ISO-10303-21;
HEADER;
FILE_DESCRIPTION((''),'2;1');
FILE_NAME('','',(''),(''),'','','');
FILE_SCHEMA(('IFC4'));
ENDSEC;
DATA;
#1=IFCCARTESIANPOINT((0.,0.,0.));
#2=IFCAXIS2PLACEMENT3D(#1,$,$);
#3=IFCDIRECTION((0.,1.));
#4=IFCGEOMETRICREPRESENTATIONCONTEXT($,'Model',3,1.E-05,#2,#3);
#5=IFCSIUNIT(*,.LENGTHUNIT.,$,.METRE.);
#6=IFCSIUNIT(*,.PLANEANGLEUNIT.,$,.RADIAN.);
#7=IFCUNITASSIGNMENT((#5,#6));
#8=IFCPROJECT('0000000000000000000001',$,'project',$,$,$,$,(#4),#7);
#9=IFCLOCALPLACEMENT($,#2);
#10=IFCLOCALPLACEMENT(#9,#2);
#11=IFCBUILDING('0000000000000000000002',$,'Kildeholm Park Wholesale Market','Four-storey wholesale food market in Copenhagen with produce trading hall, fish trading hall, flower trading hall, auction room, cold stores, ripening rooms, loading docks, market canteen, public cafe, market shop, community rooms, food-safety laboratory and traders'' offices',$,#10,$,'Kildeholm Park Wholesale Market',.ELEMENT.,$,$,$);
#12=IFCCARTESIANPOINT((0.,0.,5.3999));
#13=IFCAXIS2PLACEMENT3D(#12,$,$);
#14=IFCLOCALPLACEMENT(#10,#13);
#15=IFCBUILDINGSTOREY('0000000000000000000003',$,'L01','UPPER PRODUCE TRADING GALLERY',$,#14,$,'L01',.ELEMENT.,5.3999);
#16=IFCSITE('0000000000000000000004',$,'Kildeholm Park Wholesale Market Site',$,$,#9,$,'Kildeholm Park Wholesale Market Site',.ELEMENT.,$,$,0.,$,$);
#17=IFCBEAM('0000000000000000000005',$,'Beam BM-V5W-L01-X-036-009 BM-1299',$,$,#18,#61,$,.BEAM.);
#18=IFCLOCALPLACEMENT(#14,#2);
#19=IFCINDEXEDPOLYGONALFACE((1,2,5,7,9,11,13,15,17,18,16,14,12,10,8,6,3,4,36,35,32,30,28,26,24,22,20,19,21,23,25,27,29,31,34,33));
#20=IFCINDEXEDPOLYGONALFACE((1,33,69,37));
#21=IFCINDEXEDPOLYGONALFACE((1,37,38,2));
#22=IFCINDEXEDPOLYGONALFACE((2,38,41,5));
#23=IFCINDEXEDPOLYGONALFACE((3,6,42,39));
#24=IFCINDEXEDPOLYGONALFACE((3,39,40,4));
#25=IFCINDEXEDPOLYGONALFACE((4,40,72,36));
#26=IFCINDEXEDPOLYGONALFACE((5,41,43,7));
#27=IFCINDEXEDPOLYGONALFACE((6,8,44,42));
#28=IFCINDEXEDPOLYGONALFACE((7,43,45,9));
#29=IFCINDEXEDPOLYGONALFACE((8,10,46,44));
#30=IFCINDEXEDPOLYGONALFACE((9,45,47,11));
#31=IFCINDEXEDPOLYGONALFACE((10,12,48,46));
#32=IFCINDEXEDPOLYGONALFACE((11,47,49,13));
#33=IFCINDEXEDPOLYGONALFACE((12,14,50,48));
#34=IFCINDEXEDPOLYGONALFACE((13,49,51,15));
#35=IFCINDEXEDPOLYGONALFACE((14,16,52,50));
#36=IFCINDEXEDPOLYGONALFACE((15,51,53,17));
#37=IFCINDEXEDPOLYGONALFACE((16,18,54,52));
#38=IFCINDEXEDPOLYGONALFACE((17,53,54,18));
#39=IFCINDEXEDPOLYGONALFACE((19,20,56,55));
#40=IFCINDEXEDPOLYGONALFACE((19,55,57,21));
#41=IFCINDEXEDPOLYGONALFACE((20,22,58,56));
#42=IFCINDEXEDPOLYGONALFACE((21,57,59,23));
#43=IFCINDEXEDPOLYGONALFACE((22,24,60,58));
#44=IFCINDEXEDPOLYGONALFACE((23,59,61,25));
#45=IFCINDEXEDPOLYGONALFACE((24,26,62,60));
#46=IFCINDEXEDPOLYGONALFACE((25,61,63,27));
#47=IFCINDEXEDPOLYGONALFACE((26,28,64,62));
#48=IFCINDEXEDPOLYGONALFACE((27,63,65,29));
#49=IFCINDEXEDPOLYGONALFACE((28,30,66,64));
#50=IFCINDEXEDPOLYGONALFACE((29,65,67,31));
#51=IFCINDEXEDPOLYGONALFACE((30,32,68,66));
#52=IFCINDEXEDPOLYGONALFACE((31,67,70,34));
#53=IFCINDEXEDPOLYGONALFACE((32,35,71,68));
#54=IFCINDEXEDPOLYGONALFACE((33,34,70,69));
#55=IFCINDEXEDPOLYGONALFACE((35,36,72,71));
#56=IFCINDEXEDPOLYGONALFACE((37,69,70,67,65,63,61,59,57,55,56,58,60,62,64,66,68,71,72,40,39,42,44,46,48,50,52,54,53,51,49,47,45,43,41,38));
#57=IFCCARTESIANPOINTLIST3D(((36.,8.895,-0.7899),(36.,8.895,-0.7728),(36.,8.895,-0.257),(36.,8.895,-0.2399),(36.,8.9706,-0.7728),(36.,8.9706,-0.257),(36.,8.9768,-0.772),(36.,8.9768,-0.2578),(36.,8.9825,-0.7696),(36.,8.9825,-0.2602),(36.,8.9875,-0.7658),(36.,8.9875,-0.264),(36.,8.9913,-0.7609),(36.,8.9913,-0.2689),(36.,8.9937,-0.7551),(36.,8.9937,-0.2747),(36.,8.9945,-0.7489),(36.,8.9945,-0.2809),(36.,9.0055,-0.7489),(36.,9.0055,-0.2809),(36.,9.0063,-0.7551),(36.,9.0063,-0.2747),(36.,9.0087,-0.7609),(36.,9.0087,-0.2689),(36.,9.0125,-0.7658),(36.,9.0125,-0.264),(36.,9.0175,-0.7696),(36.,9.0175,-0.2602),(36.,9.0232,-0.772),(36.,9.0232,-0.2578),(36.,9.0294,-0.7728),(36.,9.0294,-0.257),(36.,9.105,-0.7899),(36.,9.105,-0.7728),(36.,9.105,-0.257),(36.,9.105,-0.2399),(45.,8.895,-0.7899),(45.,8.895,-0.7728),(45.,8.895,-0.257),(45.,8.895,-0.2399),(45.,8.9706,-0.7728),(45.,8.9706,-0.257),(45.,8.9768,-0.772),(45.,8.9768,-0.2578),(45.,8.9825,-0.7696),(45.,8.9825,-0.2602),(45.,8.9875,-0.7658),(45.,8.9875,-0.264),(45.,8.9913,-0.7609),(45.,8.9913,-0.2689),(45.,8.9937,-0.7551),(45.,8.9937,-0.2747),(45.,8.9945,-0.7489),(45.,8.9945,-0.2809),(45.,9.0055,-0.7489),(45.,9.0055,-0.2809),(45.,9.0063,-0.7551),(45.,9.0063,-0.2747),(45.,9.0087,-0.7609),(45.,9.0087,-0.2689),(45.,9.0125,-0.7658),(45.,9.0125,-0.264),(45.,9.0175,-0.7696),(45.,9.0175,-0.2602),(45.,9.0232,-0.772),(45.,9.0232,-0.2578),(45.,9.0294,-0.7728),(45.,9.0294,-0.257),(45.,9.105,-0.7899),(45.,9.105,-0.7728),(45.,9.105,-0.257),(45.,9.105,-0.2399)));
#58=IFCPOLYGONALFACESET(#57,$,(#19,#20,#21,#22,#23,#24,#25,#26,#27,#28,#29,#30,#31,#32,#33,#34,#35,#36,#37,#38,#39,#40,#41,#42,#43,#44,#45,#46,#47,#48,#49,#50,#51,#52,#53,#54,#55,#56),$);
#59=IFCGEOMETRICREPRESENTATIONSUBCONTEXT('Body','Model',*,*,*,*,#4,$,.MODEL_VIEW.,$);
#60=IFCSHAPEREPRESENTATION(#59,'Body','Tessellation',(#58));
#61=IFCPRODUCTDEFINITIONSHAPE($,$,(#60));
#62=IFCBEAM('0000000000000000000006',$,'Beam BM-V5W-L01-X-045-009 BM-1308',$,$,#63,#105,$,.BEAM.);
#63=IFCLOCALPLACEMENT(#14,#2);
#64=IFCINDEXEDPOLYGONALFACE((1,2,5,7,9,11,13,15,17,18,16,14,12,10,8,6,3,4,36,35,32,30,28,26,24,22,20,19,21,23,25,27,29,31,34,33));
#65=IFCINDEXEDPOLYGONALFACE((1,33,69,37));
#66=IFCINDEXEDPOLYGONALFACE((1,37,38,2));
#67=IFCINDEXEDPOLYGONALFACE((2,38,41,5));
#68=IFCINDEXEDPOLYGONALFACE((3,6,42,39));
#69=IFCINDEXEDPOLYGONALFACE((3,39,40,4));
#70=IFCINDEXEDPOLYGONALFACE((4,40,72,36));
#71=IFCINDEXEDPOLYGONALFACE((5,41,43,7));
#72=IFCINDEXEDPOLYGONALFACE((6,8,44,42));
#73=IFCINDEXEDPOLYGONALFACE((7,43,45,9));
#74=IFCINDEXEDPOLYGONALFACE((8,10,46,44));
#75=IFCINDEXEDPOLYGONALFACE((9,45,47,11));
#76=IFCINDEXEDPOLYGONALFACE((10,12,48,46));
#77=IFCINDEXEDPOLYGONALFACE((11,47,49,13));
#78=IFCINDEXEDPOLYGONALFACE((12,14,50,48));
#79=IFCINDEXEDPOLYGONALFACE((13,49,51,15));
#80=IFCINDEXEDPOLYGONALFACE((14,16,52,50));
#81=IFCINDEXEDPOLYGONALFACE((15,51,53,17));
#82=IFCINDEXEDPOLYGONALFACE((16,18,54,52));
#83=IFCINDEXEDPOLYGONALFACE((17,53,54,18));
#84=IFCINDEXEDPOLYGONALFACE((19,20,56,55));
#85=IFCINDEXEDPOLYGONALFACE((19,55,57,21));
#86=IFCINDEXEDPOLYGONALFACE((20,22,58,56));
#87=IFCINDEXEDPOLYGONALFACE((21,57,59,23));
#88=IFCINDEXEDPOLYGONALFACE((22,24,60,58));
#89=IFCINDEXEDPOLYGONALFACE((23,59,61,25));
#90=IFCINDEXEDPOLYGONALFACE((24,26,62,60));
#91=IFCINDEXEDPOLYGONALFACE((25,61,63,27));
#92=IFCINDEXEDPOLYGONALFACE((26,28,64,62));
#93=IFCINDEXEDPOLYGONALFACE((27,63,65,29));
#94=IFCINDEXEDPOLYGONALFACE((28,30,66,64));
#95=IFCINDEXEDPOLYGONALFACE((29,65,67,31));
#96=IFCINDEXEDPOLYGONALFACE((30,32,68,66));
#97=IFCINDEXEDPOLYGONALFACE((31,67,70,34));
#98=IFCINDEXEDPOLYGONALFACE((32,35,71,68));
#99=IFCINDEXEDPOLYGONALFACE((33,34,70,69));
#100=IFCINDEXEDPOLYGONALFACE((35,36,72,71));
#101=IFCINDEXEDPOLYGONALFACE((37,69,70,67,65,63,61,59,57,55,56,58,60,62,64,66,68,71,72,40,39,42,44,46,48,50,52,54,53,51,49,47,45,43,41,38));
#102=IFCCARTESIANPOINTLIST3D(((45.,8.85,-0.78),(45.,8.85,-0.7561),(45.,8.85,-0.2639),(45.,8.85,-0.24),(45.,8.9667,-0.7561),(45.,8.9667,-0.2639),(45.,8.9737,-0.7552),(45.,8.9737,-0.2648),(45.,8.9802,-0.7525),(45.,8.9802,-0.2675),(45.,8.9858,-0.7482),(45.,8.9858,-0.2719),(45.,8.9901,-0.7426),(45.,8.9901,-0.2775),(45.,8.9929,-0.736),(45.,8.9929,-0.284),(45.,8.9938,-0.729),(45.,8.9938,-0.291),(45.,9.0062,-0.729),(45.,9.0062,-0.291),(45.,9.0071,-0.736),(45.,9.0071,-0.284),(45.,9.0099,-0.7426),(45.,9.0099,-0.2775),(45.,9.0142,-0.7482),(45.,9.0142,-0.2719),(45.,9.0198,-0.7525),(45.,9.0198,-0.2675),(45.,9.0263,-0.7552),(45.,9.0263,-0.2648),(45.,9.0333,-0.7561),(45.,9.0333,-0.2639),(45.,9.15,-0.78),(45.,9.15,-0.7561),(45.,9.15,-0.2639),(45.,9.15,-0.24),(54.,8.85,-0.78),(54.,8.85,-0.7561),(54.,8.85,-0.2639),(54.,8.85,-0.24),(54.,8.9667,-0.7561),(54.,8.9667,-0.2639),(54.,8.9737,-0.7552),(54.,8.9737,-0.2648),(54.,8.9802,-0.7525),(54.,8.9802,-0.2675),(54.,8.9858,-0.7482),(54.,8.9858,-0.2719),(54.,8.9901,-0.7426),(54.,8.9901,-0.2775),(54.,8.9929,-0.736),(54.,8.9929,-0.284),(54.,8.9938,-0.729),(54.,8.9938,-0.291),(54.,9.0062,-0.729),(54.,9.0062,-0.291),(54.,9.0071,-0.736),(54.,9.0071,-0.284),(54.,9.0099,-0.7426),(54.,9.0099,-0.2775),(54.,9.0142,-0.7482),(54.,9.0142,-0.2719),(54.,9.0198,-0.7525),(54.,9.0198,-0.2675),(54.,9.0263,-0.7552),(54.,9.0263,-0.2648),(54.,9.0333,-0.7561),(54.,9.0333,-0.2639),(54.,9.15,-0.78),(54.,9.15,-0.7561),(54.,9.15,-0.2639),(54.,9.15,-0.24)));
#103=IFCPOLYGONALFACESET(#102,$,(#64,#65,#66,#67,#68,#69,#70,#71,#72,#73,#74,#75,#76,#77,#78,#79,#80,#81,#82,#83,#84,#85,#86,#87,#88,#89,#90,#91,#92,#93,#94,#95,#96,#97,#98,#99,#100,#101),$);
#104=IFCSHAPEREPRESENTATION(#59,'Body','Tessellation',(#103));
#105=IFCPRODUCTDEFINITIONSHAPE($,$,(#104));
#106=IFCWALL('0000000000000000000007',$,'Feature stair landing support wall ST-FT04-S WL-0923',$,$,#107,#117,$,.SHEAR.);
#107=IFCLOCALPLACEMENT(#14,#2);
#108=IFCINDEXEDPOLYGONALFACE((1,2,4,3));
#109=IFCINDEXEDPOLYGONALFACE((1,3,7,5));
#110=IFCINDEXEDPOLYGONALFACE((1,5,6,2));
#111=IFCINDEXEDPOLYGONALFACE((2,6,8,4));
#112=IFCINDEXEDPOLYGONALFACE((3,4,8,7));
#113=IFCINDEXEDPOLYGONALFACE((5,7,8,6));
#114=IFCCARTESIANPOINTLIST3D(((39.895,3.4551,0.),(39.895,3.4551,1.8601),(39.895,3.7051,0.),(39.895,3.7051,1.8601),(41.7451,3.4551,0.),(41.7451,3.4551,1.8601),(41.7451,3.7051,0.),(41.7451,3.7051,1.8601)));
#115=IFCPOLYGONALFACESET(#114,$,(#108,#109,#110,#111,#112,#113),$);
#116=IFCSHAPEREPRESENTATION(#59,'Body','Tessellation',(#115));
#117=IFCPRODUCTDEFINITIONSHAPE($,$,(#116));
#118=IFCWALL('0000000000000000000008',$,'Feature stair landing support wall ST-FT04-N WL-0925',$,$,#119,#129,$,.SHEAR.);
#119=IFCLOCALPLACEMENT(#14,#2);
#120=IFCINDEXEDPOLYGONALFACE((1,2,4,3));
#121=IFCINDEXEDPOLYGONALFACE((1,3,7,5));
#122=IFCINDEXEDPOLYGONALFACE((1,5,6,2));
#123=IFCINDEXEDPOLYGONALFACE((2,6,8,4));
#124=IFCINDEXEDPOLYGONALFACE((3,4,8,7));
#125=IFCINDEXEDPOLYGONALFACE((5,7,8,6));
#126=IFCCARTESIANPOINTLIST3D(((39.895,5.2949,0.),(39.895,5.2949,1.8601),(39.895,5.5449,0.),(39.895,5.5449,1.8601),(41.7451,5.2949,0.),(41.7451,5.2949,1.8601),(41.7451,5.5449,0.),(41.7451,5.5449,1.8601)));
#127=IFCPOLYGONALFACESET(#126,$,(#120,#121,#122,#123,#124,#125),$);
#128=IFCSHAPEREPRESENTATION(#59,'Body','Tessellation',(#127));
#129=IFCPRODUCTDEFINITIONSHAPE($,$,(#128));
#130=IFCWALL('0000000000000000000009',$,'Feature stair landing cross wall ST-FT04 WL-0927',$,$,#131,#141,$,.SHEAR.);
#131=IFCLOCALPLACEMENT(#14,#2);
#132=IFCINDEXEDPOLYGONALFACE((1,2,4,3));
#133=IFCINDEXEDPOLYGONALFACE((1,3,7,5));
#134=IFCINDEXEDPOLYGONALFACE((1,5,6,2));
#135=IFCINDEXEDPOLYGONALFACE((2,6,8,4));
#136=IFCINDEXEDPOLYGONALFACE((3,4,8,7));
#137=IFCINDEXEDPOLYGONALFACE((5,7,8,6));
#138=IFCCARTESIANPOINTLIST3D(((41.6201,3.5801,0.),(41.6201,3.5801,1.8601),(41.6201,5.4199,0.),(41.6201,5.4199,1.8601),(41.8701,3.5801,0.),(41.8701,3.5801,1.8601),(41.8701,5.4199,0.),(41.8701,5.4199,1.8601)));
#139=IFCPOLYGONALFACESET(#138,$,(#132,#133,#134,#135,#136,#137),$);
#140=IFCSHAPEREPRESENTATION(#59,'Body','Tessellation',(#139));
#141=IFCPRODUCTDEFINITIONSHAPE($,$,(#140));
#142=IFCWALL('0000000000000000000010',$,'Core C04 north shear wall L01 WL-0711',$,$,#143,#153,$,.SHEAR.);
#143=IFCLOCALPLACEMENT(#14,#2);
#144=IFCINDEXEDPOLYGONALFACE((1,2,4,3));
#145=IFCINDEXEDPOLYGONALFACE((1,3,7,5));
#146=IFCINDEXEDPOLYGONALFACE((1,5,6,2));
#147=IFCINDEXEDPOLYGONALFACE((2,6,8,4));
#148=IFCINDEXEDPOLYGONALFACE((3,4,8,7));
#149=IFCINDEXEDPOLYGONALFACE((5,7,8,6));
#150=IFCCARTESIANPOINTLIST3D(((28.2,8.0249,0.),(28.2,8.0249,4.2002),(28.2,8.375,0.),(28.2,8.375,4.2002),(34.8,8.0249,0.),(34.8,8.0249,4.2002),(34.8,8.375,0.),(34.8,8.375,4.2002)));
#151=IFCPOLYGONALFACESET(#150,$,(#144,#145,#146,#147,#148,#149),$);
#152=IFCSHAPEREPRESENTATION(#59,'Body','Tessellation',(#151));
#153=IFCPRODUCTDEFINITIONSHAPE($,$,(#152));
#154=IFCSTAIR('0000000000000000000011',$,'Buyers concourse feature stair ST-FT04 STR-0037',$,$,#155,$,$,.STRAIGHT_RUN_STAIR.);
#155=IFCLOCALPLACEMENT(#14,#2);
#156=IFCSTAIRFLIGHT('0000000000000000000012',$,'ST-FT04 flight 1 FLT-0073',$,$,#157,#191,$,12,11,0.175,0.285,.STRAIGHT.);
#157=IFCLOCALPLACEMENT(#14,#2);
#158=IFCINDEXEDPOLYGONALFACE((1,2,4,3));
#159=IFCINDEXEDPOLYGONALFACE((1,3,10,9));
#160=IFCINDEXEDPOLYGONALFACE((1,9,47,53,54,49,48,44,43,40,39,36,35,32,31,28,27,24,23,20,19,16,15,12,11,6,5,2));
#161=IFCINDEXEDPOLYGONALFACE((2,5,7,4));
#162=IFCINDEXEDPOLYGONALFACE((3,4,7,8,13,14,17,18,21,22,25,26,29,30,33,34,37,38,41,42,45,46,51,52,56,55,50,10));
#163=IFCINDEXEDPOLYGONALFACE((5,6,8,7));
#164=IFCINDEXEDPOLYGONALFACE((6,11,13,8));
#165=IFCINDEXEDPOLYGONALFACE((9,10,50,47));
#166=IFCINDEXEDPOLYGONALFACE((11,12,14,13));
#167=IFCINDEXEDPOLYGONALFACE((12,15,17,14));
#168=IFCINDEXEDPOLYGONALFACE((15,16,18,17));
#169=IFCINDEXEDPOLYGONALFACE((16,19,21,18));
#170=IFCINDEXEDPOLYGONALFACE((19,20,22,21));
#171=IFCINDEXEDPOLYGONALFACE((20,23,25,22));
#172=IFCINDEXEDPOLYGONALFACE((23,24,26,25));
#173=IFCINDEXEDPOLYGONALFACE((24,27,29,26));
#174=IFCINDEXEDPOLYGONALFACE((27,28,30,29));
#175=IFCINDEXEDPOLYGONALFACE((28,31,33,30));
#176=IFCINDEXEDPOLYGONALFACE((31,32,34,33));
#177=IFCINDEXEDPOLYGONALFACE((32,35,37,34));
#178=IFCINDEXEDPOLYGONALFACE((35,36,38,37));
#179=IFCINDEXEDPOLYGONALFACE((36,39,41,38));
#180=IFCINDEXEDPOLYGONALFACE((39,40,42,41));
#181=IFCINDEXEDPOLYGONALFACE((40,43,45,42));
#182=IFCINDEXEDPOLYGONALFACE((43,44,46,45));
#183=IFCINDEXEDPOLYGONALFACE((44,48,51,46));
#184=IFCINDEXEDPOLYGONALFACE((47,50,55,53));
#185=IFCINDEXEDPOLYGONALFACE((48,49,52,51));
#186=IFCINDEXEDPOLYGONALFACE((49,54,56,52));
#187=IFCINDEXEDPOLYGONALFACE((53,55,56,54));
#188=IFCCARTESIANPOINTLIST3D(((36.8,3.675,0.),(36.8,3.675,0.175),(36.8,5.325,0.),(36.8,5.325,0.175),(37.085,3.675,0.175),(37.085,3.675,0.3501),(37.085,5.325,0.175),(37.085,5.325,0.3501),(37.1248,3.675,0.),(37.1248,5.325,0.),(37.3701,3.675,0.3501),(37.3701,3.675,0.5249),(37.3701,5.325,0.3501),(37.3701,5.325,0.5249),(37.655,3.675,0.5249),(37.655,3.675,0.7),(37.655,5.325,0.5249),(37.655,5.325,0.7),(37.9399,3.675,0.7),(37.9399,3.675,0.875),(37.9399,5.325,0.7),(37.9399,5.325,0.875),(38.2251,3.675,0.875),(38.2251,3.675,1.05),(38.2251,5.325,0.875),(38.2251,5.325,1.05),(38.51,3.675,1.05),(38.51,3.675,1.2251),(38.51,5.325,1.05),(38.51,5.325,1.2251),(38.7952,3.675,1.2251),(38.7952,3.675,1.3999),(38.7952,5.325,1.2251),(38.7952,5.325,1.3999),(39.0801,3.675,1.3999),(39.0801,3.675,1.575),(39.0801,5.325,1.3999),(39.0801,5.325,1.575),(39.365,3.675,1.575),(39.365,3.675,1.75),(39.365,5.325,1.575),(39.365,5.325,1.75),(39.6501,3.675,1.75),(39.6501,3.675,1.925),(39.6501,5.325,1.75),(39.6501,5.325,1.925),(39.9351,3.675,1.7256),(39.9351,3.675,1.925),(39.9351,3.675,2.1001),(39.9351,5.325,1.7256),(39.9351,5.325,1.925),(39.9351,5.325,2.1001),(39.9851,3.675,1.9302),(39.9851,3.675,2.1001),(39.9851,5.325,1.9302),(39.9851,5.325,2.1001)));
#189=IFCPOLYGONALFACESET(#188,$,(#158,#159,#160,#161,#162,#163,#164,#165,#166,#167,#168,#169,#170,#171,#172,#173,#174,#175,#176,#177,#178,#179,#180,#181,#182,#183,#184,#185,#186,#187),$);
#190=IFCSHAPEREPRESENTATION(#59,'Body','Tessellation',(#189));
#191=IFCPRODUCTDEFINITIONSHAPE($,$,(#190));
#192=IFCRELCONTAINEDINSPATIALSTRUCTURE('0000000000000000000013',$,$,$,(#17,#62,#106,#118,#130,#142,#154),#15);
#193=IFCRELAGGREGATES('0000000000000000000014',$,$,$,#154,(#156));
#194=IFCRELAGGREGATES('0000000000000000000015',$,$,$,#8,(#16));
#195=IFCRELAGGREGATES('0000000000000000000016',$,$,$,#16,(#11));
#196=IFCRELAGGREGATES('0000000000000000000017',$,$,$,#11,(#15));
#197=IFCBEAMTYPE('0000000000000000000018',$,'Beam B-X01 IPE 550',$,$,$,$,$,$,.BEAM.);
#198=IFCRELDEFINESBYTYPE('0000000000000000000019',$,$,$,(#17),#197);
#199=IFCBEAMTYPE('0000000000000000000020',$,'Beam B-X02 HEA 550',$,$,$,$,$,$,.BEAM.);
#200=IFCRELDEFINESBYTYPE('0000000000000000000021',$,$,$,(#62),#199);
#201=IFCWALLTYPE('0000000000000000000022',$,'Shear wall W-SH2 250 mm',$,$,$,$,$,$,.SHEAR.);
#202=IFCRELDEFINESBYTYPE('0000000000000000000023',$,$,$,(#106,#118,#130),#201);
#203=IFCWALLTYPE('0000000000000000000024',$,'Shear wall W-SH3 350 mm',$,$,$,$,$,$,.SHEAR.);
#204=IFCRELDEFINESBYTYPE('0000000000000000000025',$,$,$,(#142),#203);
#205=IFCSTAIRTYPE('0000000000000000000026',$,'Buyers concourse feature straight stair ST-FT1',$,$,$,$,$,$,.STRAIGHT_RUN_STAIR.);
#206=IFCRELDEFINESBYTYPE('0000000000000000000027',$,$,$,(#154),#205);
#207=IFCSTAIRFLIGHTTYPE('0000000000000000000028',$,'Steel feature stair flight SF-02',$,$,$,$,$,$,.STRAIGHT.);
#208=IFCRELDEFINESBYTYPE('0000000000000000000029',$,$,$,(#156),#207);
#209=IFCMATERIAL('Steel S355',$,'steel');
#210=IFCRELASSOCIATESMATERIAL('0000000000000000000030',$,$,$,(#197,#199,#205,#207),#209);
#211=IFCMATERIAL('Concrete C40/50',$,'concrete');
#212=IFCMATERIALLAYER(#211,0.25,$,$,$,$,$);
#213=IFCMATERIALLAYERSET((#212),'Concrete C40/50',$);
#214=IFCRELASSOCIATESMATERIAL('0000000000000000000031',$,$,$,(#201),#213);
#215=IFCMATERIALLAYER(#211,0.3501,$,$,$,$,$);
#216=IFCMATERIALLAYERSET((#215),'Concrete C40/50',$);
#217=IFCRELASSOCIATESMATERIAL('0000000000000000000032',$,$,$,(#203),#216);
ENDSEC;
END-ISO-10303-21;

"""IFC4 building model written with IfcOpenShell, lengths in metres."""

from ifc_helpers import new_model, si_unit, direction, frame, frame_2d, origin, origin_2d, place, context, subcontext, project, spatial, polyline, rectangle, i_section, outline, extrude, material, layer, layer_set, material_profile, profile_set, type_object, element, aggregate, save


model = new_model("IFC4")

# Units and contexts
model_context = context("Model", 3, precision=1e-05, world=origin(), true_north=direction((0.0, 1.0)))
body_context = subcontext(model_context, "Body", "Model", "MODEL_VIEW")
ifc_project = project(units=[si_unit("LENGTHUNIT", "METRE"), si_unit("PLANEANGLEUNIT", "RADIAN")], contexts=[model_context])

# Site, building, storey
site_placement = place(None, origin())
site = spatial("IfcSite", under=ifc_project, at=site_placement, Name="Kildeholm Park Wholesale Market Site", LongName="Kildeholm Park Wholesale Market Site", CompositionType="ELEMENT", RefElevation=0.0)
building_placement = place(site_placement, origin())
building = spatial("IfcBuilding", under=site, at=building_placement, Name="Kildeholm Park Wholesale Market", Description="Four-storey wholesale food market in Copenhagen with produce trading hall, fish trading hall, flower trading hall, auction room, cold stores, ripening rooms, loading docks, market canteen, public cafe, market shop, community rooms, food-safety laboratory and traders' offices", LongName="Kildeholm Park Wholesale Market", CompositionType="ELEMENT")
storey_placement = place(building_placement, frame((0.0, 0.0, 5.3999)))
storey = spatial("IfcBuildingStorey", under=building, at=storey_placement, Name="L01", Description="UPPER PRODUCE TRADING GALLERY", LongName="L01", CompositionType="ELEMENT", Elevation=5.3999)

# Shared definitions
ifc_material_1 = material(Name="Steel S355", Category="steel")

# Beams
ifc_material_profile_1 = material_profile(ifc_material_1, i_section(OverallWidth=0.21, OverallDepth=0.55, WebThickness=0.011, FlangeThickness=0.0171, FilletRadius=0.0239, at=origin_2d()), Name="IPE 550")
ifc_profile_set_1 = profile_set([ifc_material_profile_1], Name="Steel S355")
beam_type_1 = type_object("IfcBeamType", Name="Beam B-X01 IPE 550", PredefinedType="BEAM", material=ifc_profile_set_1)
beam_1_placement = place(storey_placement, frame((36.0, 9.0, -0.5149), z_axis=(1.0, 0.0, 0.0), x_axis=(0.0, 1.0, 0.0)))
element("IfcBeam", 1, at=beam_1_placement, inside=storey, type_object=beam_type_1, Name="Beam BM-V5W-L01-X-036-009 BM-1299", PredefinedType="BEAM", context=body_context, shape_type="SweptSolid", body=[
    extrude(i_section(OverallWidth=0.21, OverallDepth=0.55, WebThickness=0.011, FlangeThickness=0.0171, FilletRadius=0.0239, at=origin_2d()), origin(), (0.0, 0.0, 1.0), 9.0),
])
ifc_material_profile_2 = material_profile(ifc_material_1, i_section(OverallWidth=0.3, OverallDepth=0.54, WebThickness=0.0125, FlangeThickness=0.0239, FilletRadius=0.0271, at=origin_2d()), Name="HEA 550")
ifc_profile_set_2 = profile_set([ifc_material_profile_2], Name="Steel S355")
beam_type_2 = type_object("IfcBeamType", Name="Beam B-X02 HEA 550", PredefinedType="BEAM", material=ifc_profile_set_2)
beam_2_placement = place(storey_placement, frame((45.0, 9.0, -0.51), z_axis=(1.0, 0.0, 0.0), x_axis=(0.0, 1.0, 0.0)))
element("IfcBeam", 2, at=beam_2_placement, inside=storey, type_object=beam_type_2, Name="Beam BM-V5W-L01-X-045-009 BM-1308", PredefinedType="BEAM", context=body_context, shape_type="SweptSolid", body=[
    extrude(i_section(OverallWidth=0.3, OverallDepth=0.54, WebThickness=0.0125, FlangeThickness=0.0239, FilletRadius=0.0271, at=origin_2d()), origin(), (0.0, 0.0, 1.0), 9.0),
])

# Shared definitions
ifc_material_2 = material(Name="Concrete C40/50", Category="concrete")
ifc_layer_1 = layer(ifc_material_2, 0.25)
ifc_layer_set_1 = layer_set([ifc_layer_1], Name="Concrete C40/50")
wall_type_1 = type_object("IfcWallType", Name="Shear wall W-SH2 250 mm", PredefinedType="SHEAR", material=ifc_layer_set_1)

# Walls
for number, where, z_axis, x_axis, name in (
    (3, (39.895, 3.5801, 0.0), (0.0, 0.0, 1.0), (1.0, 0.0, 0.0), "Feature stair landing support wall ST-FT04-S WL-0923"),
    (4, (39.895, 5.4199, 0.0), (0.0, 0.0, 1.0), (1.0, 0.0, 0.0), "Feature stair landing support wall ST-FT04-N WL-0925"),
):
    element("IfcWall", number, at=place(storey_placement, frame(where, z_axis=z_axis, x_axis=x_axis)), inside=storey, type_object=wall_type_1, Name=name, PredefinedType="SHEAR", context=body_context, shape_type="SweptSolid", body=[
        extrude(rectangle(XDim=1.8501, YDim=0.25, at=frame_2d((0.925, 0.0))), origin(), (0.0, 0.0, 1.0), 1.8601),
    ])
wall_1_placement = place(storey_placement, frame((41.7451, 3.5801, 0.0), z_axis=(0.0, 0.0, 1.0), x_axis=(0.0, 1.0, 0.0)))
element("IfcWall", 5, at=wall_1_placement, inside=storey, type_object=wall_type_1, Name="Feature stair landing cross wall ST-FT04 WL-0927", PredefinedType="SHEAR", context=body_context, shape_type="SweptSolid", body=[
    extrude(rectangle(XDim=1.8398, YDim=0.25, at=frame_2d((0.9199, 0.0))), origin(), (0.0, 0.0, 1.0), 1.8601),
])
ifc_layer_2 = layer(ifc_material_2, 0.3501)
ifc_layer_set_2 = layer_set([ifc_layer_2], Name="Concrete C40/50")
wall_type_2 = type_object("IfcWallType", Name="Shear wall W-SH3 350 mm", PredefinedType="SHEAR", material=ifc_layer_set_2)
wall_2_placement = place(storey_placement, frame((28.2, 8.2, 0.0), z_axis=(0.0, 0.0, 1.0), x_axis=(1.0, 0.0, 0.0)))
element("IfcWall", 6, at=wall_2_placement, inside=storey, type_object=wall_type_2, Name="Core C04 north shear wall L01 WL-0711", PredefinedType="SHEAR", context=body_context, shape_type="SweptSolid", body=[
    extrude(rectangle(XDim=6.6001, YDim=0.3501, at=frame_2d((3.3, 0.0))), origin(), (0.0, 0.0, 1.0), 4.2002),
])

# Stair, stair flight
stair_type_1 = type_object("IfcStairType", Name="Buyers concourse feature straight stair ST-FT1", PredefinedType="STRAIGHT_RUN_STAIR", material=ifc_material_1)
stair_1_placement = place(storey_placement, origin())
stair_1 = element("IfcStair", 7, at=stair_1_placement, inside=storey, type_object=stair_type_1, Name="Buyers concourse feature stair ST-FT04 STR-0037", PredefinedType="STRAIGHT_RUN_STAIR")
stair_flight_type_1 = type_object("IfcStairFlightType", Name="Steel feature stair flight SF-02", PredefinedType="STRAIGHT", material=ifc_material_1)
stair_flight_1_placement = place(storey_placement, frame((36.8, 4.5, 0.0), z_axis=(0.0, 0.0, 1.0), x_axis=(1.0, 0.0, 0.0)))
stair_flight_1 = element("IfcStairFlight", 8, at=stair_flight_1_placement, type_object=stair_flight_type_1, Name="ST-FT04 flight 1 FLT-0073", NumberOfRisers=12, NumberOfTreads=11, PredefinedType="STRAIGHT", RiserHeight=0.175, TreadLength=0.285, context=body_context, shape_type="SweptSolid", body=[
    extrude(outline(polyline([(0.0, 0.0), (0.0, 0.175), (0.2849, 0.175), (0.2849, 0.3501), (0.5701, 0.3501), (0.5701, 0.5249), (0.855, 0.5249), (0.855, 0.7), (1.1399, 0.7), (1.1399, 0.875), (1.425, 0.875), (1.425, 1.05), (1.71, 1.05), (1.71, 1.2251), (1.9951, 1.2251), (1.9951, 1.3999), (2.28, 1.3999), (2.28, 1.575), (2.5649, 1.575), (2.5649, 1.75), (2.8501, 1.75), (2.8501, 1.925), (3.135, 1.925), (3.135, 2.1001), (3.1851, 2.1001), (3.1851, 1.9302), (3.135, 1.7256), (0.3247, 0.0), (0.0, 0.0)])), frame((0.0, 0.825, 0.0), z_axis=(0.0, -1.0, 0.0), x_axis=(1.0, 0.0, 0.0)), (0.0, 0.0, 1.0), 1.6499),
])
aggregate(stair_1, [stair_flight_1])

save(model, "model.ifc")
